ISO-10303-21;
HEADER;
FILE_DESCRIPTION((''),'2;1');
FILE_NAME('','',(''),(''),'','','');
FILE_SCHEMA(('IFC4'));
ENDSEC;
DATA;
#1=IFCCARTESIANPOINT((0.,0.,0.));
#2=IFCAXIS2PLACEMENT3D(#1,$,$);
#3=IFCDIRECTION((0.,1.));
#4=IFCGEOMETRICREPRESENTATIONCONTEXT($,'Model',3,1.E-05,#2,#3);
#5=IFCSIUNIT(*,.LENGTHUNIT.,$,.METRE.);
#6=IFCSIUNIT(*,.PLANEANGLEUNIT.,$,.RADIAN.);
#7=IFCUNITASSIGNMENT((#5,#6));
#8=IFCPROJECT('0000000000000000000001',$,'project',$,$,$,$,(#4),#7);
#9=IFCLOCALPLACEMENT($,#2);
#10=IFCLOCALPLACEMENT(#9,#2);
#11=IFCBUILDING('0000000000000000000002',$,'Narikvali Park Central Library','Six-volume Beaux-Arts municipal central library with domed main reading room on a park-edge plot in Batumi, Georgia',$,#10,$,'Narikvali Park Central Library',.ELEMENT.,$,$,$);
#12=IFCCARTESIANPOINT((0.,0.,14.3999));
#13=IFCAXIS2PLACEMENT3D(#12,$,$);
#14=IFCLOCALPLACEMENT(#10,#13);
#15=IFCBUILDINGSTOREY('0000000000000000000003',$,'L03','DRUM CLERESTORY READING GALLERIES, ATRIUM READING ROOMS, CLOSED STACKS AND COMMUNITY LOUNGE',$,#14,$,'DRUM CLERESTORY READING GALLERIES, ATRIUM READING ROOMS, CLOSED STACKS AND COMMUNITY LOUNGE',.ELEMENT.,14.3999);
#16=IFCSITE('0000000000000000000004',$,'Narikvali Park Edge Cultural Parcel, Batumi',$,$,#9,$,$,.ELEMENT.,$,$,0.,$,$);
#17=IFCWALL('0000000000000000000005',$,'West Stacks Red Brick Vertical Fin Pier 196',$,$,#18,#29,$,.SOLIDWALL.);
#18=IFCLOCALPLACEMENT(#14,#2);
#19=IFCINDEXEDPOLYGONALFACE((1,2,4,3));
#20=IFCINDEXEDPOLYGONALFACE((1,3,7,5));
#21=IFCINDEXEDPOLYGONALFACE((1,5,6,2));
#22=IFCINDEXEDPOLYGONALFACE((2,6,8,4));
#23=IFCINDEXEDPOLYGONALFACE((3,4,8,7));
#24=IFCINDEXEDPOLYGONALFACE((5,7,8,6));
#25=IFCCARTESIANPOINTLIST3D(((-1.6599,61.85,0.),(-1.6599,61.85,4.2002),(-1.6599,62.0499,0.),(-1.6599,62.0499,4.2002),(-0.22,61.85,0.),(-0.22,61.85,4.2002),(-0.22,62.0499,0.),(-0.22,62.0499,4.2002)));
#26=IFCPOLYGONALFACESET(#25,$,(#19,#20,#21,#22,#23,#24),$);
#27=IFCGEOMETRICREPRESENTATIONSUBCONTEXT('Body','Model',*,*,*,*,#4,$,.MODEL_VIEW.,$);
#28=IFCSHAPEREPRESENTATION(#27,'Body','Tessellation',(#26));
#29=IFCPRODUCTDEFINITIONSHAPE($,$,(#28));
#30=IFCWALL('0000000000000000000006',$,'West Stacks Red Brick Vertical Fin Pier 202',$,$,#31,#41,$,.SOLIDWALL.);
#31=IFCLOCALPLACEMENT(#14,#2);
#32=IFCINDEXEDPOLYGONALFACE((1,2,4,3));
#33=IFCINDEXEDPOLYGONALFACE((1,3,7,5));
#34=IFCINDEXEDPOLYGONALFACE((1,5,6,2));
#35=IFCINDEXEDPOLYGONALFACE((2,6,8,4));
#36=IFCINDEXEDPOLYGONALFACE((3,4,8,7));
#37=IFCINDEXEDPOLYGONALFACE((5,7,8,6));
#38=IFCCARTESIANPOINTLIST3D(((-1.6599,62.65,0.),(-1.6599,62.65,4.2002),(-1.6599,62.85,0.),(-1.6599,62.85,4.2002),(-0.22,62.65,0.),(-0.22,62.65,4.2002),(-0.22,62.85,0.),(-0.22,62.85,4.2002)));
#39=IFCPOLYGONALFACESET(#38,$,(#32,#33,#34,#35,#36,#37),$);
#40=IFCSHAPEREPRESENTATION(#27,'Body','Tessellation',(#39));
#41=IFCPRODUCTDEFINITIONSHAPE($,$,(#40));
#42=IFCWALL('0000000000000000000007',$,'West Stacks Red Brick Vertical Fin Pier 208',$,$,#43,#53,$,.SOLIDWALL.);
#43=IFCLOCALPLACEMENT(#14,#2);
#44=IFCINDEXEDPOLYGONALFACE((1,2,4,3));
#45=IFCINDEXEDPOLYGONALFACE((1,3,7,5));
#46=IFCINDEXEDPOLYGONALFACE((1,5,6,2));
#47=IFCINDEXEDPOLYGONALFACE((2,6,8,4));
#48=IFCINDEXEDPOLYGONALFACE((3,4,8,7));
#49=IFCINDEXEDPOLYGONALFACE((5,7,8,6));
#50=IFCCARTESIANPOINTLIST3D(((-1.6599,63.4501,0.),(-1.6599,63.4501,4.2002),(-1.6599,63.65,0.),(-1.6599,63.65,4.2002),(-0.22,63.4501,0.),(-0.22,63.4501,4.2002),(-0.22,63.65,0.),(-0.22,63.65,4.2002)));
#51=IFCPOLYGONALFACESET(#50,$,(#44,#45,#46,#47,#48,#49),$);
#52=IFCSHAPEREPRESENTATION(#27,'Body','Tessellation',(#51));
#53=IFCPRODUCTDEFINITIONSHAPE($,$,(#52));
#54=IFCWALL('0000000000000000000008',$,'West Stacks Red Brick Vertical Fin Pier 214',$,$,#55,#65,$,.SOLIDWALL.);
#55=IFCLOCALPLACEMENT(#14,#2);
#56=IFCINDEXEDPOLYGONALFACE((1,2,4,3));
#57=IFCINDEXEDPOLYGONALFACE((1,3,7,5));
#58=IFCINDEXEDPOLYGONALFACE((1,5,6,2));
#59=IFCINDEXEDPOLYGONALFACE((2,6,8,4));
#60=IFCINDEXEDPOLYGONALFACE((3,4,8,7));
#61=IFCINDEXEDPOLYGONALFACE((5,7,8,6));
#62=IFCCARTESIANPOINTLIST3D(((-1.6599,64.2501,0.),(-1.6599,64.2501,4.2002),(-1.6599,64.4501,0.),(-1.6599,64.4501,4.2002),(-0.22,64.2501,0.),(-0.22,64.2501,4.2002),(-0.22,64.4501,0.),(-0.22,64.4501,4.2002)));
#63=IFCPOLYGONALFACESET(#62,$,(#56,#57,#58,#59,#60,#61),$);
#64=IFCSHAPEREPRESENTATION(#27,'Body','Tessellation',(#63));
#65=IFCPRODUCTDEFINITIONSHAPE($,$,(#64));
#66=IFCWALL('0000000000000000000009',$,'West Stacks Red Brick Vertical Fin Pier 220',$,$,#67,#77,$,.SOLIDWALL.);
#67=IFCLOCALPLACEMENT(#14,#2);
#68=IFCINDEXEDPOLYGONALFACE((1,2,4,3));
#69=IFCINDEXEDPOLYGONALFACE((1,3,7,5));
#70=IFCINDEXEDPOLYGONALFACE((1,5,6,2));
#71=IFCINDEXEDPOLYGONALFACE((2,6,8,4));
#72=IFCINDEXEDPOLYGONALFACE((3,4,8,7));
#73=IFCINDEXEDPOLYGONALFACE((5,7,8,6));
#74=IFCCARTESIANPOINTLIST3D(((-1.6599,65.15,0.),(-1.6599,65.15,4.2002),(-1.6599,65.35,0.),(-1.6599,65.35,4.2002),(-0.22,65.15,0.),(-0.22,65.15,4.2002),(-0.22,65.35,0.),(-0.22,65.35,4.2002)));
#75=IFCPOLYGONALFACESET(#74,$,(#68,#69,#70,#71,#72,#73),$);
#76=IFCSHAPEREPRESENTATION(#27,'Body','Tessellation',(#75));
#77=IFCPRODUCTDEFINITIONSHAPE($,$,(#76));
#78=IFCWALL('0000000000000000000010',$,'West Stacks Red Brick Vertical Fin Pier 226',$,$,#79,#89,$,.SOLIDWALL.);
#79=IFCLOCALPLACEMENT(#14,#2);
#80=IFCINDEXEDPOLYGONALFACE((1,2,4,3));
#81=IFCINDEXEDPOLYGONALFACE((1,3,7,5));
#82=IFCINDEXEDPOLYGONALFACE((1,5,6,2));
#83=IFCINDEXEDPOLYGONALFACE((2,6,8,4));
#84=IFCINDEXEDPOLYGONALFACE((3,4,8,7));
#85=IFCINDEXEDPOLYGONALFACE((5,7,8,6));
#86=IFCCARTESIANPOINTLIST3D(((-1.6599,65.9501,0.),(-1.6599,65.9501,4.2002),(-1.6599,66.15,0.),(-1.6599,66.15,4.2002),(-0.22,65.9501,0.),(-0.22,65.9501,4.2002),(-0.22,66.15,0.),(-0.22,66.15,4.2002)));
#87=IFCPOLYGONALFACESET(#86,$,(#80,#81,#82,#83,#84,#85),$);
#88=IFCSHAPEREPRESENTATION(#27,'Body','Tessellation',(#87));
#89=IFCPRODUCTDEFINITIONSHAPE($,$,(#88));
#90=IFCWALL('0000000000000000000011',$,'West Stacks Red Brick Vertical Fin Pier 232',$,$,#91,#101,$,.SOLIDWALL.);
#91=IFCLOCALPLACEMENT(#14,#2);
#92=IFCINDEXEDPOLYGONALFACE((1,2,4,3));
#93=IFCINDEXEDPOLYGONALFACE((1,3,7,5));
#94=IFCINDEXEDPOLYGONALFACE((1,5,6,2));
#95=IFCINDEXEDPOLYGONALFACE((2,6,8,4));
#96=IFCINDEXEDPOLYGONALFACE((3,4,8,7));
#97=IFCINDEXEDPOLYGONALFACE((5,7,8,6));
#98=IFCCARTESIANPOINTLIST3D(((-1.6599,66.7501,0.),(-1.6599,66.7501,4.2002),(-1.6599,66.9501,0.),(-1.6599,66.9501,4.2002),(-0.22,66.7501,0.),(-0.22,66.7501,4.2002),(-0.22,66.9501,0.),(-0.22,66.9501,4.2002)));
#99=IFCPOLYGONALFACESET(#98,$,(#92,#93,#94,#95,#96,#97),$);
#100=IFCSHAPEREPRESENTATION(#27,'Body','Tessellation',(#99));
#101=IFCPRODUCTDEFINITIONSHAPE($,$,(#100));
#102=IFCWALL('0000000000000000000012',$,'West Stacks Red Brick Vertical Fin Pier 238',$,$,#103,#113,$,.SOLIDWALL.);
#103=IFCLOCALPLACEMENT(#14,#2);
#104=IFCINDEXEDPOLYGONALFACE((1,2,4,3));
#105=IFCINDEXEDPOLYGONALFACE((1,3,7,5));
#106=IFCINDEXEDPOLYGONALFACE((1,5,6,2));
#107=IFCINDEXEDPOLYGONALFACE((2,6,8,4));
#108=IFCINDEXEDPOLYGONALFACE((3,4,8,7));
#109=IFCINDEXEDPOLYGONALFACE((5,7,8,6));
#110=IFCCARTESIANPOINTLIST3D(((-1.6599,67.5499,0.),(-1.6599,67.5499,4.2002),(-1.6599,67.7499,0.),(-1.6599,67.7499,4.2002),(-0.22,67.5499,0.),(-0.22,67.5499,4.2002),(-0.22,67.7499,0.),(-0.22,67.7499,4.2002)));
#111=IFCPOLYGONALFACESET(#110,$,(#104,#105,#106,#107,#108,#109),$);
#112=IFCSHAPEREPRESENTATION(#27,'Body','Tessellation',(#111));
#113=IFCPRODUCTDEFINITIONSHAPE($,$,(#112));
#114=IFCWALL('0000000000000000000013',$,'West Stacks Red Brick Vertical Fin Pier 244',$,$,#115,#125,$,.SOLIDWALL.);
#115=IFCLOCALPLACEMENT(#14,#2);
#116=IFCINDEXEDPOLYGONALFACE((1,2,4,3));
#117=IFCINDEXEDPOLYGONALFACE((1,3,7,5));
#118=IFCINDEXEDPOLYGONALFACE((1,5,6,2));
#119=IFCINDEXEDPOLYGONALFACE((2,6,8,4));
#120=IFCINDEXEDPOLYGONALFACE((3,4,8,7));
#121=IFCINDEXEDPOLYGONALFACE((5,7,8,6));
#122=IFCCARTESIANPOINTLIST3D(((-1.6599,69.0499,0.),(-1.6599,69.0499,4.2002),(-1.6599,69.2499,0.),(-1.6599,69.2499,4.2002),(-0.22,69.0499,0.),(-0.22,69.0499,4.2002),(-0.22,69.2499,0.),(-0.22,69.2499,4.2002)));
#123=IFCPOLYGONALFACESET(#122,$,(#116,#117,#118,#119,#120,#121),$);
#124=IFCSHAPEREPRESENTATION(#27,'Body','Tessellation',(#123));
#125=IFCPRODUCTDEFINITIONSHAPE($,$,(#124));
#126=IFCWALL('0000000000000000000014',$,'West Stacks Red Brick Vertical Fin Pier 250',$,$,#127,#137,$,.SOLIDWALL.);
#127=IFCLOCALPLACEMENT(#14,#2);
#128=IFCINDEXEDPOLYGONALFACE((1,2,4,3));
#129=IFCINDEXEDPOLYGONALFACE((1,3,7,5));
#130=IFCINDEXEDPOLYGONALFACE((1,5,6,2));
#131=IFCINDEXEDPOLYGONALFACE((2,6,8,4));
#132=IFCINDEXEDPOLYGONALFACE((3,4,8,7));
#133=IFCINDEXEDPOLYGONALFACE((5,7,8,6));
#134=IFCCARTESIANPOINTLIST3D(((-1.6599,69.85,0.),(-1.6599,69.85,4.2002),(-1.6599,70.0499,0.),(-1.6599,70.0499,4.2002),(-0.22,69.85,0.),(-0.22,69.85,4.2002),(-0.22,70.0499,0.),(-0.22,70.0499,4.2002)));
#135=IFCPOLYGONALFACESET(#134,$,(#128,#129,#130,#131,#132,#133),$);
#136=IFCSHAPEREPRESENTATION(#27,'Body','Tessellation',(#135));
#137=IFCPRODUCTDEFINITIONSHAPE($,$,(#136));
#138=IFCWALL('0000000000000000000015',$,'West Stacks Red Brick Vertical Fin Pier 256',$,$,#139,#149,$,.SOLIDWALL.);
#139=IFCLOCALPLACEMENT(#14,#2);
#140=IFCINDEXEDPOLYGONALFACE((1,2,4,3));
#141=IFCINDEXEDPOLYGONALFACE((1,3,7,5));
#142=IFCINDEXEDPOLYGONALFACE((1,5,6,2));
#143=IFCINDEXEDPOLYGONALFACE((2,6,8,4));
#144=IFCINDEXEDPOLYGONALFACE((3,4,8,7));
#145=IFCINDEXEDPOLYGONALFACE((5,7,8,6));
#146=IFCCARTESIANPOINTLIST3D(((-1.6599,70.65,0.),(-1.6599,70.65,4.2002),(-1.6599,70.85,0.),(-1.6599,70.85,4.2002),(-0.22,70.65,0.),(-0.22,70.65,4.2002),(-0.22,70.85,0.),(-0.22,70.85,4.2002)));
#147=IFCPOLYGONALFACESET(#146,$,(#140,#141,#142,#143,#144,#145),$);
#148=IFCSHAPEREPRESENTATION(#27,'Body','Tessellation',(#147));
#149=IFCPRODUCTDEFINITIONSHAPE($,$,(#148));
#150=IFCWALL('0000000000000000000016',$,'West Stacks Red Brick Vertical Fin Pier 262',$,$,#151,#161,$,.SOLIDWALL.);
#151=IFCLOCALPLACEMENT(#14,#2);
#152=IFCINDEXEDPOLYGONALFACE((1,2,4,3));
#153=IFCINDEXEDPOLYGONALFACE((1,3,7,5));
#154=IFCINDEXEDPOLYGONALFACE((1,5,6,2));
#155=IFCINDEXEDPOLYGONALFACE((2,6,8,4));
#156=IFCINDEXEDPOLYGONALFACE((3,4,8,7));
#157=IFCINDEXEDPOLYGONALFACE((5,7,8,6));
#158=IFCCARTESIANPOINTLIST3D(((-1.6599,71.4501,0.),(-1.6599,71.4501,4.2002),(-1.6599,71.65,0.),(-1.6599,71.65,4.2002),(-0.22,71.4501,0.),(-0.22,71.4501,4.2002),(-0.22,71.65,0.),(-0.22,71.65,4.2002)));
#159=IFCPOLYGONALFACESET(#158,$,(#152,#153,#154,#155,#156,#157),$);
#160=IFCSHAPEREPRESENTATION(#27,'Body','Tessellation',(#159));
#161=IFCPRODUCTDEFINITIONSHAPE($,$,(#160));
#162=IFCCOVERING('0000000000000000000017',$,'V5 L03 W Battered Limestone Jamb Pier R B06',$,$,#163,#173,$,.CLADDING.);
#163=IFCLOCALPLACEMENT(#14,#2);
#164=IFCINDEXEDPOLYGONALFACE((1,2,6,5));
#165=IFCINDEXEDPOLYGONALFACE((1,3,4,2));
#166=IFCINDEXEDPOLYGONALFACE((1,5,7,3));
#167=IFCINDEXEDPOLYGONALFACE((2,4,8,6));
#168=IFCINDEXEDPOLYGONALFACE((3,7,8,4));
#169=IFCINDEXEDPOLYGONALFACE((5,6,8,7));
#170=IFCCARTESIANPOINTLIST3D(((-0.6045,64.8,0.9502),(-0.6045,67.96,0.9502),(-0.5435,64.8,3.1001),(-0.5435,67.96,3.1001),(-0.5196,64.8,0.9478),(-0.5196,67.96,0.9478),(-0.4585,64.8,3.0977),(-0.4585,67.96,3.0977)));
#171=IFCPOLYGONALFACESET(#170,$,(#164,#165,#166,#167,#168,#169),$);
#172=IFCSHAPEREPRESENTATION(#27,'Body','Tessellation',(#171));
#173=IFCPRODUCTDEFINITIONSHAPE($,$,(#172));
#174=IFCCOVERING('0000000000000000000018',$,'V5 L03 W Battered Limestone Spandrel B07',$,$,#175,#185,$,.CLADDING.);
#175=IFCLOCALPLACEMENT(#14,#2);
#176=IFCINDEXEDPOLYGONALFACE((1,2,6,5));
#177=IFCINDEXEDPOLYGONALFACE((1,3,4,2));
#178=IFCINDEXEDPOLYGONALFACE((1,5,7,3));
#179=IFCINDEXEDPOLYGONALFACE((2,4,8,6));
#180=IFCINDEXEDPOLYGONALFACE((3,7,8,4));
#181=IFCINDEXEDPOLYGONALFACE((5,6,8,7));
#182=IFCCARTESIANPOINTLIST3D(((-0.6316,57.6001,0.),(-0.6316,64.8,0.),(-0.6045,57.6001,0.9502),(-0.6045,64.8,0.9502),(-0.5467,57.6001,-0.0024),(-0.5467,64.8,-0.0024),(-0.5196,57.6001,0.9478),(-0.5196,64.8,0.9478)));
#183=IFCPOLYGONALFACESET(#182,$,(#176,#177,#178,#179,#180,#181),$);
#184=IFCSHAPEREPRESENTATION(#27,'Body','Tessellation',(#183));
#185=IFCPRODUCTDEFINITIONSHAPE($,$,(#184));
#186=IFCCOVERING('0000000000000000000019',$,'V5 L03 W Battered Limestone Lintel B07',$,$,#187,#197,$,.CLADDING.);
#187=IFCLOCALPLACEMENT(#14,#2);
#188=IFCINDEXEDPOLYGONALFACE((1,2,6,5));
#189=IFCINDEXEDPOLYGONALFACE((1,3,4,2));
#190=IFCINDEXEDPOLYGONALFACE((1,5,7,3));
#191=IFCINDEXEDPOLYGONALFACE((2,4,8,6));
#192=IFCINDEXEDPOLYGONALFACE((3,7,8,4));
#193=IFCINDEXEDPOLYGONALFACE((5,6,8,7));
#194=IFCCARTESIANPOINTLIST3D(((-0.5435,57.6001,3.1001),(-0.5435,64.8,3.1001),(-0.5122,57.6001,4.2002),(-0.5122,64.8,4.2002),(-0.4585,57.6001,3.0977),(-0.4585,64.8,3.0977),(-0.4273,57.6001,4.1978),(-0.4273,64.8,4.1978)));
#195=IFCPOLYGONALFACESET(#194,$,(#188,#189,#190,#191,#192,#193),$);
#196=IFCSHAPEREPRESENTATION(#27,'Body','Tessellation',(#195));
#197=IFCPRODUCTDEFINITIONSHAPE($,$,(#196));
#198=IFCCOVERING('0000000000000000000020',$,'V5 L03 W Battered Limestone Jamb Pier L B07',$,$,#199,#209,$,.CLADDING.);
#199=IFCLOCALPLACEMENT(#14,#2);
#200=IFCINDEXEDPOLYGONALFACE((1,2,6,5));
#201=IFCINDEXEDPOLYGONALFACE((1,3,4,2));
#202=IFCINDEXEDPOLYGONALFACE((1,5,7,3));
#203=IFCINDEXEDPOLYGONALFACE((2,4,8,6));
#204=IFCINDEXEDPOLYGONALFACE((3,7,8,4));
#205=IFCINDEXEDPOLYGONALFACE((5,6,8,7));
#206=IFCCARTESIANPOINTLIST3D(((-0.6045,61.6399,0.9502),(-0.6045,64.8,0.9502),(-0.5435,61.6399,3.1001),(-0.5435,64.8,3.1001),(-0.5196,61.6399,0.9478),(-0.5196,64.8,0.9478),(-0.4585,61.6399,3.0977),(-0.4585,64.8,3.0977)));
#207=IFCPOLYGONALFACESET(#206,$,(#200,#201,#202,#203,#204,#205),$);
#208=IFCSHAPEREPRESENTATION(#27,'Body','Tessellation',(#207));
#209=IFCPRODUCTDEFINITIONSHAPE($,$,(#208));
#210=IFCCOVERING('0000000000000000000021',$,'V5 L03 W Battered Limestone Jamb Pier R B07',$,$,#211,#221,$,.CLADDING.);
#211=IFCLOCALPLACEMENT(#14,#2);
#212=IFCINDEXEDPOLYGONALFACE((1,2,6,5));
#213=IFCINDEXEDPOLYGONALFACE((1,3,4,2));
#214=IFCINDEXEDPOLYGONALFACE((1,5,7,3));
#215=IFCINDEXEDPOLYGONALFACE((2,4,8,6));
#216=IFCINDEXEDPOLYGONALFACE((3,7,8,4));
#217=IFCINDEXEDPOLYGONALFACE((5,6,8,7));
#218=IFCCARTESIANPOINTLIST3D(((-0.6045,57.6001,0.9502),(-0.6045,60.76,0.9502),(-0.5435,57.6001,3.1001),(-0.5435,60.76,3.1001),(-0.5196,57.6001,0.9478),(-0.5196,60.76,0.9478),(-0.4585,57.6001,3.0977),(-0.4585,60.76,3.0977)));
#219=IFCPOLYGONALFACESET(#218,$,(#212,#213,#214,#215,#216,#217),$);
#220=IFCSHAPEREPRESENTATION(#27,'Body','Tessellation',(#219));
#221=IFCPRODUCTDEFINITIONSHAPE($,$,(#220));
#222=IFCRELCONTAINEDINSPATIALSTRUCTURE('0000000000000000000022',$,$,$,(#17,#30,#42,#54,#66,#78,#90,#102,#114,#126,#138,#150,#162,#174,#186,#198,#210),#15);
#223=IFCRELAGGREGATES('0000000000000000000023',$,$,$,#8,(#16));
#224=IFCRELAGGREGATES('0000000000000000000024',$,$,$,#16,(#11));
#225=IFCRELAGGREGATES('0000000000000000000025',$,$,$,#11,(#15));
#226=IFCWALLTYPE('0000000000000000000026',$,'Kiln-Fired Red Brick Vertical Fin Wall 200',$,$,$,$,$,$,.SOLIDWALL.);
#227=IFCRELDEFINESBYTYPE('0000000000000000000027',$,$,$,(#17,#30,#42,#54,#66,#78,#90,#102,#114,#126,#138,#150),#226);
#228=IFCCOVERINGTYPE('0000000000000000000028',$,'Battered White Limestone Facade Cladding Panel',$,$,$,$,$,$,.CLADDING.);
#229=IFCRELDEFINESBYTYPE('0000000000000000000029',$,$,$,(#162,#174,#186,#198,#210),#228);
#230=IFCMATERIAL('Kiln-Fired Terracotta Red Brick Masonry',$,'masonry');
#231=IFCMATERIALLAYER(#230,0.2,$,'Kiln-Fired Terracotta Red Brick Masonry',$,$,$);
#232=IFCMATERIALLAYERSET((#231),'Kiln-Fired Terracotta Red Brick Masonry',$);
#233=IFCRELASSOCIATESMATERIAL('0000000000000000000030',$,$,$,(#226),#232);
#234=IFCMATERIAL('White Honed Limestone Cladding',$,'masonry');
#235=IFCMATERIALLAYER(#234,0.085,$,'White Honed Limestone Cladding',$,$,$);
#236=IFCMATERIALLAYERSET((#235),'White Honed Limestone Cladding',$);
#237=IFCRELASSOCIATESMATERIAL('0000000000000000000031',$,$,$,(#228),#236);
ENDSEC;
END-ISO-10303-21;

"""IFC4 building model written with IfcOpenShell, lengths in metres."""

from ifc_helpers import new_model, si_unit, direction, frame, frame_2d, origin, place, context, subcontext, project, spatial, polyline, rectangle, outline, extrude, material, layer, layer_set, type_object, element, save


model = new_model("IFC4")

# Units and contexts
model_context = context("Model", 3, precision=1e-05, world=origin(), true_north=direction((0.0, 1.0)))
body_context = subcontext(model_context, "Body", "Model", "MODEL_VIEW")
ifc_project = project(units=[si_unit("LENGTHUNIT", "METRE"), si_unit("PLANEANGLEUNIT", "RADIAN")], contexts=[model_context])

# Site, building, storey
site_placement = place(None, origin())
site = spatial("IfcSite", under=ifc_project, at=site_placement, Name="Narikvali Park Edge Cultural Parcel, Batumi", CompositionType="ELEMENT", RefElevation=0.0)
building_placement = place(site_placement, origin())
building = spatial("IfcBuilding", under=site, at=building_placement, Name="Narikvali Park Central Library", Description="Six-volume Beaux-Arts municipal central library with domed main reading room on a park-edge plot in Batumi, Georgia", LongName="Narikvali Park Central Library", CompositionType="ELEMENT")
storey_placement = place(building_placement, frame((0.0, 0.0, 14.3999)))
storey = spatial("IfcBuildingStorey", under=building, at=storey_placement, Name="L03", Description="DRUM CLERESTORY READING GALLERIES, ATRIUM READING ROOMS, CLOSED STACKS AND COMMUNITY LOUNGE", LongName="DRUM CLERESTORY READING GALLERIES, ATRIUM READING ROOMS, CLOSED STACKS AND COMMUNITY LOUNGE", CompositionType="ELEMENT", Elevation=14.3999)

# Walls
ifc_material_1 = material(Name="Kiln-Fired Terracotta Red Brick Masonry", Category="masonry")
ifc_layer_1 = layer(ifc_material_1, 0.2, Name="Kiln-Fired Terracotta Red Brick Masonry")
ifc_layer_set_1 = layer_set([ifc_layer_1], Name="Kiln-Fired Terracotta Red Brick Masonry")
wall_type = type_object("IfcWallType", Name="Kiln-Fired Red Brick Vertical Fin Wall 200", PredefinedType="SOLIDWALL", material=ifc_layer_set_1)
for number, where, z_axis, x_axis, name in (
    (1, (-1.6599, 61.95, 0.0), (0.0, 0.0, 1.0), (1.0, 0.0, 0.0), "West Stacks Red Brick Vertical Fin Pier 196"),
    (2, (-1.6599, 62.75, 0.0), (0.0, 0.0, 1.0), (1.0, 0.0, 0.0), "West Stacks Red Brick Vertical Fin Pier 202"),
    (3, (-1.6599, 63.55, 0.0), (0.0, 0.0, 1.0), (1.0, 0.0, 0.0), "West Stacks Red Brick Vertical Fin Pier 208"),
    (4, (-1.6599, 64.3501, 0.0), (0.0, 0.0, 1.0), (1.0, 0.0, 0.0), "West Stacks Red Brick Vertical Fin Pier 214"),
    (5, (-1.6599, 65.25, 0.0), (0.0, 0.0, 1.0), (1.0, 0.0, 0.0), "West Stacks Red Brick Vertical Fin Pier 220"),
    (6, (-1.6599, 66.05, 0.0), (0.0, 0.0, 1.0), (1.0, 0.0, 0.0), "West Stacks Red Brick Vertical Fin Pier 226"),
    (7, (-1.6599, 66.8501, 0.0), (0.0, 0.0, 1.0), (1.0, 0.0, 0.0), "West Stacks Red Brick Vertical Fin Pier 232"),
    (8, (-1.6599, 67.6499, 0.0), (0.0, 0.0, 1.0), (1.0, 0.0, 0.0), "West Stacks Red Brick Vertical Fin Pier 238"),
    (9, (-1.6599, 69.1499, 0.0), (0.0, 0.0, 1.0), (1.0, 0.0, 0.0), "West Stacks Red Brick Vertical Fin Pier 244"),
    (10, (-1.6599, 69.95, 0.0), (0.0, 0.0, 1.0), (1.0, 0.0, 0.0), "West Stacks Red Brick Vertical Fin Pier 250"),
    (11, (-1.6599, 70.75, 0.0), (0.0, 0.0, 1.0), (1.0, 0.0, 0.0), "West Stacks Red Brick Vertical Fin Pier 256"),
    (12, (-1.6599, 71.55, 0.0), (0.0, 0.0, 1.0), (1.0, 0.0, 0.0), "West Stacks Red Brick Vertical Fin Pier 262"),
):
    element("IfcWall", number, at=place(storey_placement, frame(where, z_axis=z_axis, x_axis=x_axis)), inside=storey, type_object=wall_type, Name=name, PredefinedType="SOLIDWALL", context=body_context, shape_type="SweptSolid", body=[
        extrude(rectangle(XDim=1.4399, YDim=0.2, at=frame_2d((0.72, 0.0))), origin(), (0.0, 0.0, 1.0), 4.2002),
    ])

# Coverings
ifc_material_2 = material(Name="White Honed Limestone Cladding", Category="masonry")
ifc_layer_2 = layer(ifc_material_2, 0.085, Name="White Honed Limestone Cladding")
ifc_layer_set_2 = layer_set([ifc_layer_2], Name="White Honed Limestone Cladding")
covering_type = type_object("IfcCoveringType", Name="Battered White Limestone Facade Cladding Panel", PredefinedType="CLADDING", material=ifc_layer_set_2)
covering_1_placement = place(storey_placement, frame((-0.6045, 67.96, 0.9502), z_axis=(-0.999597, 0.0, 0.028378), x_axis=(0.0, -1.0, 0.0)))
element("IfcCovering", 13, at=covering_1_placement, inside=storey, type_object=covering_type, Name="V5 L03 W Battered Limestone Jamb Pier R B06", PredefinedType="CLADDING", context=body_context, shape_type="SweptSolid", body=[
    extrude(outline(polyline([(0.0, 0.0), (3.1599, 0.0), (3.1599, 2.1508), (0.0, 2.1508), (0.0, 0.0)])), origin(), (0.0, 0.0, -1.0), 0.085),
])
covering_2_placement = place(storey_placement, frame((-0.6316, 64.8, 0.0), z_axis=(-0.999594, 0.0, 0.028508), x_axis=(0.0, -1.0, 0.0)))
element("IfcCovering", 14, at=covering_2_placement, inside=storey, type_object=covering_type, Name="V5 L03 W Battered Limestone Spandrel B07", PredefinedType="CLADDING", context=body_context, shape_type="SweptSolid", body=[
    extrude(outline(polyline([(0.0, 0.0), (7.2, 0.0), (7.2, 0.9506), (0.0, 0.9506), (0.0, 0.0)])), origin(), (0.0, 0.0, -1.0), 0.085),
])
covering_3_placement = place(storey_placement, frame((-0.5435, 64.8, 3.1001), z_axis=(-0.999597, 0.0, 0.028395), x_axis=(0.0, -1.0, 0.0)))
element("IfcCovering", 15, at=covering_3_placement, inside=storey, type_object=covering_type, Name="V5 L03 W Battered Limestone Lintel B07", PredefinedType="CLADDING", context=body_context, shape_type="SweptSolid", body=[
    extrude(outline(polyline([(0.0, 0.0), (7.2, 0.0), (7.2, 1.1005), (0.0, 1.1005), (0.0, 0.0)])), origin(), (0.0, 0.0, -1.0), 0.085),
])
covering_4_placement = place(storey_placement, frame((-0.6045, 64.8, 0.9502), z_axis=(-0.999597, 0.0, 0.028378), x_axis=(0.0, -1.0, 0.0)))
element("IfcCovering", 16, at=covering_4_placement, inside=storey, type_object=covering_type, Name="V5 L03 W Battered Limestone Jamb Pier L B07", PredefinedType="CLADDING", context=body_context, shape_type="SweptSolid", body=[
    extrude(outline(polyline([(0.0, 0.0), (3.1602, 0.0), (3.1602, 2.1508), (0.0, 2.1508), (0.0, 0.0)])), origin(), (0.0, 0.0, -1.0), 0.085),
])
covering_5_placement = place(storey_placement, frame((-0.6045, 60.76, 0.9502), z_axis=(-0.999597, 0.0, 0.028378), x_axis=(0.0, -1.0, 0.0)))
element("IfcCovering", 17, at=covering_5_placement, inside=storey, type_object=covering_type, Name="V5 L03 W Battered Limestone Jamb Pier R B07", PredefinedType="CLADDING", context=body_context, shape_type="SweptSolid", body=[
    extrude(outline(polyline([(0.0, 0.0), (3.1599, 0.0), (3.1599, 2.1508), (0.0, 2.1508), (0.0, 0.0)])), origin(), (0.0, 0.0, -1.0), 0.085),
])

save(model, "model.ifc")
